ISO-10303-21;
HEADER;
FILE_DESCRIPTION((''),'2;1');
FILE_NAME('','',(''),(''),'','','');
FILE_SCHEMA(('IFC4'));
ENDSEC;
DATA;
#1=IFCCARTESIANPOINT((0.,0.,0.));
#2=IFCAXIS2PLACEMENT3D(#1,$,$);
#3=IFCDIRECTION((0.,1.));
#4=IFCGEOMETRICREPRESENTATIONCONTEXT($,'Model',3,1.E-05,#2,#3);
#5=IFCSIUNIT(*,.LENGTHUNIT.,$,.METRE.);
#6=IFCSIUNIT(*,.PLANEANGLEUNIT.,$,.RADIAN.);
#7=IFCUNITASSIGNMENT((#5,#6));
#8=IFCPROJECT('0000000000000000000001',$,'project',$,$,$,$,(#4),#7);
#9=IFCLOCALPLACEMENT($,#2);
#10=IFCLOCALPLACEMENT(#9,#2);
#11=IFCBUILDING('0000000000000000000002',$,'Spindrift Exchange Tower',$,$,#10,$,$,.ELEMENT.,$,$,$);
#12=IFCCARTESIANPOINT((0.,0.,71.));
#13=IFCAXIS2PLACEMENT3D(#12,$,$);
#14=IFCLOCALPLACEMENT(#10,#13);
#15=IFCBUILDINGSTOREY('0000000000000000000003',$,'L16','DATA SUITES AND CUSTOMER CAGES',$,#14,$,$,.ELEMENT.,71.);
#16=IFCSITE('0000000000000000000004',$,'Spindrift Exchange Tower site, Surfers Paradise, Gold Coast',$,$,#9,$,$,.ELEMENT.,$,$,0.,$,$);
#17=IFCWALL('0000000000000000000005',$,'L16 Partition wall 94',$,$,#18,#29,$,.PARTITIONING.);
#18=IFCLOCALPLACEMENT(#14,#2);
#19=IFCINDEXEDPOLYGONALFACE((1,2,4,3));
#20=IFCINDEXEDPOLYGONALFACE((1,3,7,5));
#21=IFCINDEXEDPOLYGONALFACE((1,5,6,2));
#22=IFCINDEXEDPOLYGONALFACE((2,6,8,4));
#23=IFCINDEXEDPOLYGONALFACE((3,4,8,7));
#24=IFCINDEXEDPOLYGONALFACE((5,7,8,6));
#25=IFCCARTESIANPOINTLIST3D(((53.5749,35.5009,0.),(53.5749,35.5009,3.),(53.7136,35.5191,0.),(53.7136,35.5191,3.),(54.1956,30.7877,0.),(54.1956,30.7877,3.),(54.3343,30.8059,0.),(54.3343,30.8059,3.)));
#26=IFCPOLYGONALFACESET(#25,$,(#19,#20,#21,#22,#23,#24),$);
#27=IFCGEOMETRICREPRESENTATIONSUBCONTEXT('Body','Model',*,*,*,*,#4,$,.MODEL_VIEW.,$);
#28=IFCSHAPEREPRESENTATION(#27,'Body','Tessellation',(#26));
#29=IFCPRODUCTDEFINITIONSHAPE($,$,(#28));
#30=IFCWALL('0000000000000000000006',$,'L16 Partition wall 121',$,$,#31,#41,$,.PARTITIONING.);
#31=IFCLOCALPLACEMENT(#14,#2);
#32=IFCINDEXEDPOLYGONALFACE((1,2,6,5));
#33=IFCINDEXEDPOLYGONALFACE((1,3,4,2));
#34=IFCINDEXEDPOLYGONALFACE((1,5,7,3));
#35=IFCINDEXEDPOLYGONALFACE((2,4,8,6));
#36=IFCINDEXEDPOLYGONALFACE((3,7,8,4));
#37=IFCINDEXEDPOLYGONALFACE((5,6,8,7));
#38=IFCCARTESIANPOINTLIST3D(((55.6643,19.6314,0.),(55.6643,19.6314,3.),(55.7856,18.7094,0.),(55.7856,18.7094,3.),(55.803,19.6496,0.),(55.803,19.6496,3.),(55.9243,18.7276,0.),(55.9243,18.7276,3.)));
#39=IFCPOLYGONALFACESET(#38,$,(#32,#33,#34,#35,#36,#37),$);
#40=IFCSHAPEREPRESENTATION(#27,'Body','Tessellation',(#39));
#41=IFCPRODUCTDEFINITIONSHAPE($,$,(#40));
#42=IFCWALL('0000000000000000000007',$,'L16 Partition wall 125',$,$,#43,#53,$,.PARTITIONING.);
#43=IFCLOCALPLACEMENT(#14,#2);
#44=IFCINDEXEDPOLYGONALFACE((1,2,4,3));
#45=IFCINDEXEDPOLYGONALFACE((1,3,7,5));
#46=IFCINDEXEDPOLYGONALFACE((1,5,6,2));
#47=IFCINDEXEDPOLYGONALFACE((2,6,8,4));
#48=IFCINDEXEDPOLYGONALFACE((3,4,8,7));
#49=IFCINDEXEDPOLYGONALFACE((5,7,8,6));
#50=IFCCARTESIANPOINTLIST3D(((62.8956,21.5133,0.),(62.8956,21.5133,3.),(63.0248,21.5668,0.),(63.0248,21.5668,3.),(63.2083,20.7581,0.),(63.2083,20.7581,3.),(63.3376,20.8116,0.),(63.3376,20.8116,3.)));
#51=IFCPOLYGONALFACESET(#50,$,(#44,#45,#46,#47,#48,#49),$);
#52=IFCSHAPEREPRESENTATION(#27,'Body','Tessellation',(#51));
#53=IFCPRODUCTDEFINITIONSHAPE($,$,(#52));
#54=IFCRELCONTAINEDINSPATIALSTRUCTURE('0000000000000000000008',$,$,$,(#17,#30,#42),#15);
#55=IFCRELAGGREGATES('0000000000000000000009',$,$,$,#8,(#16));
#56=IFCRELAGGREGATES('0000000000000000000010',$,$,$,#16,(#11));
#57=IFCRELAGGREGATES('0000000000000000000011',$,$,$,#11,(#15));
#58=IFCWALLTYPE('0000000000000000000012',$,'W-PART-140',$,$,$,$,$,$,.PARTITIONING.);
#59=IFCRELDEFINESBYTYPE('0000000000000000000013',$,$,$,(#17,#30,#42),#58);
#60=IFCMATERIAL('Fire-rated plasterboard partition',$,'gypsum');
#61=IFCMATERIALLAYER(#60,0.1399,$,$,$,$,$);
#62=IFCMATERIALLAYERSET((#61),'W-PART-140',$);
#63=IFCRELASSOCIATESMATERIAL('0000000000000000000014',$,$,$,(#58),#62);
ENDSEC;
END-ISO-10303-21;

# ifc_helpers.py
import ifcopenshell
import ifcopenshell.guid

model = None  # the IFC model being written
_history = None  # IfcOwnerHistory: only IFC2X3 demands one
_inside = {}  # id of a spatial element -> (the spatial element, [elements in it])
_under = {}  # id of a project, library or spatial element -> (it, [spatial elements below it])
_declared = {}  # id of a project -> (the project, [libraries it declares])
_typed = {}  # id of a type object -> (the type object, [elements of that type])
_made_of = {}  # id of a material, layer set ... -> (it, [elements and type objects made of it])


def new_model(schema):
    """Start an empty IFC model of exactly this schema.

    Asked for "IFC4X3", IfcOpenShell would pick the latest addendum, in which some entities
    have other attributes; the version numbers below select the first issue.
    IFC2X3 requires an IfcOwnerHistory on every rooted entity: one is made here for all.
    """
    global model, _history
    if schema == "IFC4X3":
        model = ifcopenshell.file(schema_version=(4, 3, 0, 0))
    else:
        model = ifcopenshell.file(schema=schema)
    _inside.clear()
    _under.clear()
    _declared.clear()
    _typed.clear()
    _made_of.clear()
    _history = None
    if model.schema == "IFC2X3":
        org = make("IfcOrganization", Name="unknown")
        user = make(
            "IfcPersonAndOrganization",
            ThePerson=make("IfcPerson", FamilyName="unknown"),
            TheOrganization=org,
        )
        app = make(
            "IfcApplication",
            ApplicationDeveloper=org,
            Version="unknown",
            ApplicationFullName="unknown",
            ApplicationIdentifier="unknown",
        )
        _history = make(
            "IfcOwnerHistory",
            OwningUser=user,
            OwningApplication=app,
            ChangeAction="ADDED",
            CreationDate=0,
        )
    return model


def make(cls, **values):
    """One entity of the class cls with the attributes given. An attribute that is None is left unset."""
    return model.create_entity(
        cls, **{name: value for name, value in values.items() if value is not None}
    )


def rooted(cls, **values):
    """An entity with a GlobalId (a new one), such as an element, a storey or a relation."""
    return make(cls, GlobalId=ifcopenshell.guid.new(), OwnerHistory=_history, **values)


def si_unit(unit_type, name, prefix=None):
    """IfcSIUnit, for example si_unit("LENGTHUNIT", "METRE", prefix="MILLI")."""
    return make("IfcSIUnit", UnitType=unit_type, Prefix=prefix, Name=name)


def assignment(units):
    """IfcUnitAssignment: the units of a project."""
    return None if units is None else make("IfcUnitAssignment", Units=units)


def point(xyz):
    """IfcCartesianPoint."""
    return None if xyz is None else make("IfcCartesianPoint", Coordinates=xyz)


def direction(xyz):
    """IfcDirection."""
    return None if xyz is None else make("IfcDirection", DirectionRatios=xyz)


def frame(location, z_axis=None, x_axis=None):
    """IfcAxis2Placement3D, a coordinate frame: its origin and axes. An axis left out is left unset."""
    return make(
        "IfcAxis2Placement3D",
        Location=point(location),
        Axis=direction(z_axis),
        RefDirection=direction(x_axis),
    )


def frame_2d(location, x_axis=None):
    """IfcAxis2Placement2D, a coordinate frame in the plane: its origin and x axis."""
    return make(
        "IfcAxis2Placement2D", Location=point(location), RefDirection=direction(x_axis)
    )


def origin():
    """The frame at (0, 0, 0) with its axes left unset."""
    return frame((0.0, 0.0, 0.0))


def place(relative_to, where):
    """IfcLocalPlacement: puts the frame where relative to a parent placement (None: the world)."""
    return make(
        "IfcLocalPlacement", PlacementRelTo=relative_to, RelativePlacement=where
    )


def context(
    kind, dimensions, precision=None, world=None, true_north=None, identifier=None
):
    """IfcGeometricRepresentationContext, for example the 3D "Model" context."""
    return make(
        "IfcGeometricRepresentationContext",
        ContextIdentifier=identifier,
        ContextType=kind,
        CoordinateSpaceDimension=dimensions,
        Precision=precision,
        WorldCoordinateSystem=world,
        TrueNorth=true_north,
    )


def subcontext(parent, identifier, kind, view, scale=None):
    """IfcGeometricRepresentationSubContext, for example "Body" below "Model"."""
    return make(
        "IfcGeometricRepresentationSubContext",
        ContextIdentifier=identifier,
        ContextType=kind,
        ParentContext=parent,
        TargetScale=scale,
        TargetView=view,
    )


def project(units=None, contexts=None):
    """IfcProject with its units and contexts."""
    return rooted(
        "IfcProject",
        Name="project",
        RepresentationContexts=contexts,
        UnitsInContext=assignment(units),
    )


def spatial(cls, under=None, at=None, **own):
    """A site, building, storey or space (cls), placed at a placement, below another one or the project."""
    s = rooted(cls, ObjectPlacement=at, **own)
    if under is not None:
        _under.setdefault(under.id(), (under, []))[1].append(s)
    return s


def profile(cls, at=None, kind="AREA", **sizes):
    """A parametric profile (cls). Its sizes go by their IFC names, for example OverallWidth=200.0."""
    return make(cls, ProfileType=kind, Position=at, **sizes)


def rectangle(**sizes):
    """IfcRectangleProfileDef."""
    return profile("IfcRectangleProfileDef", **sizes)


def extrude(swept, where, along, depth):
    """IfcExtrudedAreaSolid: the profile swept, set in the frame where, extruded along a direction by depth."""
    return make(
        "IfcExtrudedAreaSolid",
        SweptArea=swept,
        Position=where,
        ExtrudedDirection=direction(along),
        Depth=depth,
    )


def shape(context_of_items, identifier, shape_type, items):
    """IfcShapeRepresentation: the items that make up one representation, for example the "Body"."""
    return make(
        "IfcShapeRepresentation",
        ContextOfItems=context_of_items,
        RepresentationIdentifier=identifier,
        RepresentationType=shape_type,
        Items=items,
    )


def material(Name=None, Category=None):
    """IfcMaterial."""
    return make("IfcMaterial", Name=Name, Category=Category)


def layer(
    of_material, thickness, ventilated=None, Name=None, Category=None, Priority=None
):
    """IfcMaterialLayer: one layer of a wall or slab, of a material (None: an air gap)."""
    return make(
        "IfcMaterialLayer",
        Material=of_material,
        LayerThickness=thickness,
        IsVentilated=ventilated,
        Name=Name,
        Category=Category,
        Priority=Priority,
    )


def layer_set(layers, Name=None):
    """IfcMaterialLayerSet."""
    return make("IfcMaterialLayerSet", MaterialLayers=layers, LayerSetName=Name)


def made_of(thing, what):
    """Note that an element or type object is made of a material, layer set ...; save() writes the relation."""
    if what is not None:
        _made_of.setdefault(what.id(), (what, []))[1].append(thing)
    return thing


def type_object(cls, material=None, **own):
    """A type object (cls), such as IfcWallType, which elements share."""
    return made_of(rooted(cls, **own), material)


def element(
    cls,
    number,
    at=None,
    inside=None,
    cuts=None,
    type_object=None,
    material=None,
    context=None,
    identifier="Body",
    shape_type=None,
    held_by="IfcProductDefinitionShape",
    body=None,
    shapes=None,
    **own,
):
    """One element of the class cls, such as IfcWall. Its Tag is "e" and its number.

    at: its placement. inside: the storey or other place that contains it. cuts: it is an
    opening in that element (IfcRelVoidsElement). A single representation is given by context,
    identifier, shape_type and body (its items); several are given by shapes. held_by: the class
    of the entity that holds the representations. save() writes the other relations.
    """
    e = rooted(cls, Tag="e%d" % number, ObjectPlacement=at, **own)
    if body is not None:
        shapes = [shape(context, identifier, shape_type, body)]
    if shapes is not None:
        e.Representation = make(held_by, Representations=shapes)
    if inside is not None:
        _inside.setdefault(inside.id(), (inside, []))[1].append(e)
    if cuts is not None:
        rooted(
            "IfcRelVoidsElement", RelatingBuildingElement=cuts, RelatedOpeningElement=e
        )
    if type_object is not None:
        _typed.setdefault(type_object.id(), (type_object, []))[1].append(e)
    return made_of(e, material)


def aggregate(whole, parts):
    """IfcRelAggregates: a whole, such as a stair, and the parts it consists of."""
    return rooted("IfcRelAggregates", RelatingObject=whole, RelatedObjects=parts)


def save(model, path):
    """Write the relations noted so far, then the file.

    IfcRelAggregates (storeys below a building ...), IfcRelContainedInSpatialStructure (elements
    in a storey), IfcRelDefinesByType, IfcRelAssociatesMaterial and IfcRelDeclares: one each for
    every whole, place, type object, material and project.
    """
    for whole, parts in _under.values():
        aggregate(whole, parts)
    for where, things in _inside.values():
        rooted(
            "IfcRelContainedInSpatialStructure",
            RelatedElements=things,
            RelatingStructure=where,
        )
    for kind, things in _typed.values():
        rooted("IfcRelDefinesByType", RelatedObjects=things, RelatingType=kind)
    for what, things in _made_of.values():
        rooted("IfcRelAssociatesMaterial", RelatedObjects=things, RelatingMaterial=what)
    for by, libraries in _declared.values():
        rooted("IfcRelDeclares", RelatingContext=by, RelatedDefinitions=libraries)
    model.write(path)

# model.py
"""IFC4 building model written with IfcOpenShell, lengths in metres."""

from ifc_helpers import new_model, si_unit, direction, frame, frame_2d, origin, place, context, subcontext, project, spatial, rectangle, extrude, material, layer, layer_set, type_object, element, save


model = new_model("IFC4")

# Units and contexts
model_context = context("Model", 3, precision=1e-05, world=origin(), true_north=direction((0.0, 1.0)))
body_context = subcontext(model_context, "Body", "Model", "MODEL_VIEW")
ifc_project = project(units=[si_unit("LENGTHUNIT", "METRE"), si_unit("PLANEANGLEUNIT", "RADIAN")], contexts=[model_context])

# Site, building, storey
site_placement = place(None, origin())
site = spatial("IfcSite", under=ifc_project, at=site_placement, Name="Spindrift Exchange Tower site, Surfers Paradise, Gold Coast", CompositionType="ELEMENT", RefElevation=0.0)
building_placement = place(site_placement, origin())
building = spatial("IfcBuilding", under=site, at=building_placement, Name="Spindrift Exchange Tower", CompositionType="ELEMENT")
storey_placement = place(building_placement, frame((0.0, 0.0, 71.0)))
storey = spatial("IfcBuildingStorey", under=building, at=storey_placement, Name="L16", Description="DATA SUITES AND CUSTOMER CAGES", CompositionType="ELEMENT", Elevation=71.0)

# Shared definitions
ifc_material_1 = material(Name="Fire-rated plasterboard partition", Category="gypsum")
ifc_layer_1 = layer(ifc_material_1, 0.1399)
ifc_layer_set_1 = layer_set([ifc_layer_1], Name="W-PART-140")
wall_type = type_object("IfcWallType", Name="W-PART-140", PredefinedType="PARTITIONING", material=ifc_layer_set_1)

# Walls
wall_1_placement = place(storey_placement, frame((53.6443, 35.51, 0.0), z_axis=(0.0, 0.0, 1.0), x_axis=(0.130549, -0.991442, 0.0)))
element("IfcWall", 1, at=wall_1_placement, inside=storey, type_object=wall_type, Name="L16 Partition wall 94", PredefinedType="PARTITIONING", context=body_context, shape_type="SweptSolid", body=[
    extrude(rectangle(XDim=4.7539, YDim=0.1399, at=frame_2d((2.377, 0.0))), origin(), (0.0, 0.0, 1.0), 3.0),
])
wall_2_placement = place(storey_placement, frame((55.7336, 19.6404, 0.0), z_axis=(0.0, 0.0, 1.0), x_axis=(0.130495, -0.991449, 0.0)))
element("IfcWall", 2, at=wall_2_placement, inside=storey, type_object=wall_type, Name="L16 Partition wall 121", PredefinedType="PARTITIONING", context=body_context, shape_type="SweptSolid", body=[
    extrude(rectangle(XDim=0.9299, YDim=0.1399, at=frame_2d((0.4648, 0.0))), origin(), (0.0, 0.0, 1.0), 3.0),
])
wall_3_placement = place(storey_placement, frame((62.9602, 21.54, 0.0), z_axis=(0.0, 0.0, 1.0), x_axis=(0.382642, -0.923897, 0.0)))
element("IfcWall", 3, at=wall_3_placement, inside=storey, type_object=wall_type, Name="L16 Partition wall 125", PredefinedType="PARTITIONING", context=body_context, shape_type="SweptSolid", body=[
    extrude(rectangle(XDim=0.8174, YDim=0.1399, at=frame_2d((0.4087, 0.0))), origin(), (0.0, 0.0, 1.0), 3.0),
])

save(model, "model.ifc")
